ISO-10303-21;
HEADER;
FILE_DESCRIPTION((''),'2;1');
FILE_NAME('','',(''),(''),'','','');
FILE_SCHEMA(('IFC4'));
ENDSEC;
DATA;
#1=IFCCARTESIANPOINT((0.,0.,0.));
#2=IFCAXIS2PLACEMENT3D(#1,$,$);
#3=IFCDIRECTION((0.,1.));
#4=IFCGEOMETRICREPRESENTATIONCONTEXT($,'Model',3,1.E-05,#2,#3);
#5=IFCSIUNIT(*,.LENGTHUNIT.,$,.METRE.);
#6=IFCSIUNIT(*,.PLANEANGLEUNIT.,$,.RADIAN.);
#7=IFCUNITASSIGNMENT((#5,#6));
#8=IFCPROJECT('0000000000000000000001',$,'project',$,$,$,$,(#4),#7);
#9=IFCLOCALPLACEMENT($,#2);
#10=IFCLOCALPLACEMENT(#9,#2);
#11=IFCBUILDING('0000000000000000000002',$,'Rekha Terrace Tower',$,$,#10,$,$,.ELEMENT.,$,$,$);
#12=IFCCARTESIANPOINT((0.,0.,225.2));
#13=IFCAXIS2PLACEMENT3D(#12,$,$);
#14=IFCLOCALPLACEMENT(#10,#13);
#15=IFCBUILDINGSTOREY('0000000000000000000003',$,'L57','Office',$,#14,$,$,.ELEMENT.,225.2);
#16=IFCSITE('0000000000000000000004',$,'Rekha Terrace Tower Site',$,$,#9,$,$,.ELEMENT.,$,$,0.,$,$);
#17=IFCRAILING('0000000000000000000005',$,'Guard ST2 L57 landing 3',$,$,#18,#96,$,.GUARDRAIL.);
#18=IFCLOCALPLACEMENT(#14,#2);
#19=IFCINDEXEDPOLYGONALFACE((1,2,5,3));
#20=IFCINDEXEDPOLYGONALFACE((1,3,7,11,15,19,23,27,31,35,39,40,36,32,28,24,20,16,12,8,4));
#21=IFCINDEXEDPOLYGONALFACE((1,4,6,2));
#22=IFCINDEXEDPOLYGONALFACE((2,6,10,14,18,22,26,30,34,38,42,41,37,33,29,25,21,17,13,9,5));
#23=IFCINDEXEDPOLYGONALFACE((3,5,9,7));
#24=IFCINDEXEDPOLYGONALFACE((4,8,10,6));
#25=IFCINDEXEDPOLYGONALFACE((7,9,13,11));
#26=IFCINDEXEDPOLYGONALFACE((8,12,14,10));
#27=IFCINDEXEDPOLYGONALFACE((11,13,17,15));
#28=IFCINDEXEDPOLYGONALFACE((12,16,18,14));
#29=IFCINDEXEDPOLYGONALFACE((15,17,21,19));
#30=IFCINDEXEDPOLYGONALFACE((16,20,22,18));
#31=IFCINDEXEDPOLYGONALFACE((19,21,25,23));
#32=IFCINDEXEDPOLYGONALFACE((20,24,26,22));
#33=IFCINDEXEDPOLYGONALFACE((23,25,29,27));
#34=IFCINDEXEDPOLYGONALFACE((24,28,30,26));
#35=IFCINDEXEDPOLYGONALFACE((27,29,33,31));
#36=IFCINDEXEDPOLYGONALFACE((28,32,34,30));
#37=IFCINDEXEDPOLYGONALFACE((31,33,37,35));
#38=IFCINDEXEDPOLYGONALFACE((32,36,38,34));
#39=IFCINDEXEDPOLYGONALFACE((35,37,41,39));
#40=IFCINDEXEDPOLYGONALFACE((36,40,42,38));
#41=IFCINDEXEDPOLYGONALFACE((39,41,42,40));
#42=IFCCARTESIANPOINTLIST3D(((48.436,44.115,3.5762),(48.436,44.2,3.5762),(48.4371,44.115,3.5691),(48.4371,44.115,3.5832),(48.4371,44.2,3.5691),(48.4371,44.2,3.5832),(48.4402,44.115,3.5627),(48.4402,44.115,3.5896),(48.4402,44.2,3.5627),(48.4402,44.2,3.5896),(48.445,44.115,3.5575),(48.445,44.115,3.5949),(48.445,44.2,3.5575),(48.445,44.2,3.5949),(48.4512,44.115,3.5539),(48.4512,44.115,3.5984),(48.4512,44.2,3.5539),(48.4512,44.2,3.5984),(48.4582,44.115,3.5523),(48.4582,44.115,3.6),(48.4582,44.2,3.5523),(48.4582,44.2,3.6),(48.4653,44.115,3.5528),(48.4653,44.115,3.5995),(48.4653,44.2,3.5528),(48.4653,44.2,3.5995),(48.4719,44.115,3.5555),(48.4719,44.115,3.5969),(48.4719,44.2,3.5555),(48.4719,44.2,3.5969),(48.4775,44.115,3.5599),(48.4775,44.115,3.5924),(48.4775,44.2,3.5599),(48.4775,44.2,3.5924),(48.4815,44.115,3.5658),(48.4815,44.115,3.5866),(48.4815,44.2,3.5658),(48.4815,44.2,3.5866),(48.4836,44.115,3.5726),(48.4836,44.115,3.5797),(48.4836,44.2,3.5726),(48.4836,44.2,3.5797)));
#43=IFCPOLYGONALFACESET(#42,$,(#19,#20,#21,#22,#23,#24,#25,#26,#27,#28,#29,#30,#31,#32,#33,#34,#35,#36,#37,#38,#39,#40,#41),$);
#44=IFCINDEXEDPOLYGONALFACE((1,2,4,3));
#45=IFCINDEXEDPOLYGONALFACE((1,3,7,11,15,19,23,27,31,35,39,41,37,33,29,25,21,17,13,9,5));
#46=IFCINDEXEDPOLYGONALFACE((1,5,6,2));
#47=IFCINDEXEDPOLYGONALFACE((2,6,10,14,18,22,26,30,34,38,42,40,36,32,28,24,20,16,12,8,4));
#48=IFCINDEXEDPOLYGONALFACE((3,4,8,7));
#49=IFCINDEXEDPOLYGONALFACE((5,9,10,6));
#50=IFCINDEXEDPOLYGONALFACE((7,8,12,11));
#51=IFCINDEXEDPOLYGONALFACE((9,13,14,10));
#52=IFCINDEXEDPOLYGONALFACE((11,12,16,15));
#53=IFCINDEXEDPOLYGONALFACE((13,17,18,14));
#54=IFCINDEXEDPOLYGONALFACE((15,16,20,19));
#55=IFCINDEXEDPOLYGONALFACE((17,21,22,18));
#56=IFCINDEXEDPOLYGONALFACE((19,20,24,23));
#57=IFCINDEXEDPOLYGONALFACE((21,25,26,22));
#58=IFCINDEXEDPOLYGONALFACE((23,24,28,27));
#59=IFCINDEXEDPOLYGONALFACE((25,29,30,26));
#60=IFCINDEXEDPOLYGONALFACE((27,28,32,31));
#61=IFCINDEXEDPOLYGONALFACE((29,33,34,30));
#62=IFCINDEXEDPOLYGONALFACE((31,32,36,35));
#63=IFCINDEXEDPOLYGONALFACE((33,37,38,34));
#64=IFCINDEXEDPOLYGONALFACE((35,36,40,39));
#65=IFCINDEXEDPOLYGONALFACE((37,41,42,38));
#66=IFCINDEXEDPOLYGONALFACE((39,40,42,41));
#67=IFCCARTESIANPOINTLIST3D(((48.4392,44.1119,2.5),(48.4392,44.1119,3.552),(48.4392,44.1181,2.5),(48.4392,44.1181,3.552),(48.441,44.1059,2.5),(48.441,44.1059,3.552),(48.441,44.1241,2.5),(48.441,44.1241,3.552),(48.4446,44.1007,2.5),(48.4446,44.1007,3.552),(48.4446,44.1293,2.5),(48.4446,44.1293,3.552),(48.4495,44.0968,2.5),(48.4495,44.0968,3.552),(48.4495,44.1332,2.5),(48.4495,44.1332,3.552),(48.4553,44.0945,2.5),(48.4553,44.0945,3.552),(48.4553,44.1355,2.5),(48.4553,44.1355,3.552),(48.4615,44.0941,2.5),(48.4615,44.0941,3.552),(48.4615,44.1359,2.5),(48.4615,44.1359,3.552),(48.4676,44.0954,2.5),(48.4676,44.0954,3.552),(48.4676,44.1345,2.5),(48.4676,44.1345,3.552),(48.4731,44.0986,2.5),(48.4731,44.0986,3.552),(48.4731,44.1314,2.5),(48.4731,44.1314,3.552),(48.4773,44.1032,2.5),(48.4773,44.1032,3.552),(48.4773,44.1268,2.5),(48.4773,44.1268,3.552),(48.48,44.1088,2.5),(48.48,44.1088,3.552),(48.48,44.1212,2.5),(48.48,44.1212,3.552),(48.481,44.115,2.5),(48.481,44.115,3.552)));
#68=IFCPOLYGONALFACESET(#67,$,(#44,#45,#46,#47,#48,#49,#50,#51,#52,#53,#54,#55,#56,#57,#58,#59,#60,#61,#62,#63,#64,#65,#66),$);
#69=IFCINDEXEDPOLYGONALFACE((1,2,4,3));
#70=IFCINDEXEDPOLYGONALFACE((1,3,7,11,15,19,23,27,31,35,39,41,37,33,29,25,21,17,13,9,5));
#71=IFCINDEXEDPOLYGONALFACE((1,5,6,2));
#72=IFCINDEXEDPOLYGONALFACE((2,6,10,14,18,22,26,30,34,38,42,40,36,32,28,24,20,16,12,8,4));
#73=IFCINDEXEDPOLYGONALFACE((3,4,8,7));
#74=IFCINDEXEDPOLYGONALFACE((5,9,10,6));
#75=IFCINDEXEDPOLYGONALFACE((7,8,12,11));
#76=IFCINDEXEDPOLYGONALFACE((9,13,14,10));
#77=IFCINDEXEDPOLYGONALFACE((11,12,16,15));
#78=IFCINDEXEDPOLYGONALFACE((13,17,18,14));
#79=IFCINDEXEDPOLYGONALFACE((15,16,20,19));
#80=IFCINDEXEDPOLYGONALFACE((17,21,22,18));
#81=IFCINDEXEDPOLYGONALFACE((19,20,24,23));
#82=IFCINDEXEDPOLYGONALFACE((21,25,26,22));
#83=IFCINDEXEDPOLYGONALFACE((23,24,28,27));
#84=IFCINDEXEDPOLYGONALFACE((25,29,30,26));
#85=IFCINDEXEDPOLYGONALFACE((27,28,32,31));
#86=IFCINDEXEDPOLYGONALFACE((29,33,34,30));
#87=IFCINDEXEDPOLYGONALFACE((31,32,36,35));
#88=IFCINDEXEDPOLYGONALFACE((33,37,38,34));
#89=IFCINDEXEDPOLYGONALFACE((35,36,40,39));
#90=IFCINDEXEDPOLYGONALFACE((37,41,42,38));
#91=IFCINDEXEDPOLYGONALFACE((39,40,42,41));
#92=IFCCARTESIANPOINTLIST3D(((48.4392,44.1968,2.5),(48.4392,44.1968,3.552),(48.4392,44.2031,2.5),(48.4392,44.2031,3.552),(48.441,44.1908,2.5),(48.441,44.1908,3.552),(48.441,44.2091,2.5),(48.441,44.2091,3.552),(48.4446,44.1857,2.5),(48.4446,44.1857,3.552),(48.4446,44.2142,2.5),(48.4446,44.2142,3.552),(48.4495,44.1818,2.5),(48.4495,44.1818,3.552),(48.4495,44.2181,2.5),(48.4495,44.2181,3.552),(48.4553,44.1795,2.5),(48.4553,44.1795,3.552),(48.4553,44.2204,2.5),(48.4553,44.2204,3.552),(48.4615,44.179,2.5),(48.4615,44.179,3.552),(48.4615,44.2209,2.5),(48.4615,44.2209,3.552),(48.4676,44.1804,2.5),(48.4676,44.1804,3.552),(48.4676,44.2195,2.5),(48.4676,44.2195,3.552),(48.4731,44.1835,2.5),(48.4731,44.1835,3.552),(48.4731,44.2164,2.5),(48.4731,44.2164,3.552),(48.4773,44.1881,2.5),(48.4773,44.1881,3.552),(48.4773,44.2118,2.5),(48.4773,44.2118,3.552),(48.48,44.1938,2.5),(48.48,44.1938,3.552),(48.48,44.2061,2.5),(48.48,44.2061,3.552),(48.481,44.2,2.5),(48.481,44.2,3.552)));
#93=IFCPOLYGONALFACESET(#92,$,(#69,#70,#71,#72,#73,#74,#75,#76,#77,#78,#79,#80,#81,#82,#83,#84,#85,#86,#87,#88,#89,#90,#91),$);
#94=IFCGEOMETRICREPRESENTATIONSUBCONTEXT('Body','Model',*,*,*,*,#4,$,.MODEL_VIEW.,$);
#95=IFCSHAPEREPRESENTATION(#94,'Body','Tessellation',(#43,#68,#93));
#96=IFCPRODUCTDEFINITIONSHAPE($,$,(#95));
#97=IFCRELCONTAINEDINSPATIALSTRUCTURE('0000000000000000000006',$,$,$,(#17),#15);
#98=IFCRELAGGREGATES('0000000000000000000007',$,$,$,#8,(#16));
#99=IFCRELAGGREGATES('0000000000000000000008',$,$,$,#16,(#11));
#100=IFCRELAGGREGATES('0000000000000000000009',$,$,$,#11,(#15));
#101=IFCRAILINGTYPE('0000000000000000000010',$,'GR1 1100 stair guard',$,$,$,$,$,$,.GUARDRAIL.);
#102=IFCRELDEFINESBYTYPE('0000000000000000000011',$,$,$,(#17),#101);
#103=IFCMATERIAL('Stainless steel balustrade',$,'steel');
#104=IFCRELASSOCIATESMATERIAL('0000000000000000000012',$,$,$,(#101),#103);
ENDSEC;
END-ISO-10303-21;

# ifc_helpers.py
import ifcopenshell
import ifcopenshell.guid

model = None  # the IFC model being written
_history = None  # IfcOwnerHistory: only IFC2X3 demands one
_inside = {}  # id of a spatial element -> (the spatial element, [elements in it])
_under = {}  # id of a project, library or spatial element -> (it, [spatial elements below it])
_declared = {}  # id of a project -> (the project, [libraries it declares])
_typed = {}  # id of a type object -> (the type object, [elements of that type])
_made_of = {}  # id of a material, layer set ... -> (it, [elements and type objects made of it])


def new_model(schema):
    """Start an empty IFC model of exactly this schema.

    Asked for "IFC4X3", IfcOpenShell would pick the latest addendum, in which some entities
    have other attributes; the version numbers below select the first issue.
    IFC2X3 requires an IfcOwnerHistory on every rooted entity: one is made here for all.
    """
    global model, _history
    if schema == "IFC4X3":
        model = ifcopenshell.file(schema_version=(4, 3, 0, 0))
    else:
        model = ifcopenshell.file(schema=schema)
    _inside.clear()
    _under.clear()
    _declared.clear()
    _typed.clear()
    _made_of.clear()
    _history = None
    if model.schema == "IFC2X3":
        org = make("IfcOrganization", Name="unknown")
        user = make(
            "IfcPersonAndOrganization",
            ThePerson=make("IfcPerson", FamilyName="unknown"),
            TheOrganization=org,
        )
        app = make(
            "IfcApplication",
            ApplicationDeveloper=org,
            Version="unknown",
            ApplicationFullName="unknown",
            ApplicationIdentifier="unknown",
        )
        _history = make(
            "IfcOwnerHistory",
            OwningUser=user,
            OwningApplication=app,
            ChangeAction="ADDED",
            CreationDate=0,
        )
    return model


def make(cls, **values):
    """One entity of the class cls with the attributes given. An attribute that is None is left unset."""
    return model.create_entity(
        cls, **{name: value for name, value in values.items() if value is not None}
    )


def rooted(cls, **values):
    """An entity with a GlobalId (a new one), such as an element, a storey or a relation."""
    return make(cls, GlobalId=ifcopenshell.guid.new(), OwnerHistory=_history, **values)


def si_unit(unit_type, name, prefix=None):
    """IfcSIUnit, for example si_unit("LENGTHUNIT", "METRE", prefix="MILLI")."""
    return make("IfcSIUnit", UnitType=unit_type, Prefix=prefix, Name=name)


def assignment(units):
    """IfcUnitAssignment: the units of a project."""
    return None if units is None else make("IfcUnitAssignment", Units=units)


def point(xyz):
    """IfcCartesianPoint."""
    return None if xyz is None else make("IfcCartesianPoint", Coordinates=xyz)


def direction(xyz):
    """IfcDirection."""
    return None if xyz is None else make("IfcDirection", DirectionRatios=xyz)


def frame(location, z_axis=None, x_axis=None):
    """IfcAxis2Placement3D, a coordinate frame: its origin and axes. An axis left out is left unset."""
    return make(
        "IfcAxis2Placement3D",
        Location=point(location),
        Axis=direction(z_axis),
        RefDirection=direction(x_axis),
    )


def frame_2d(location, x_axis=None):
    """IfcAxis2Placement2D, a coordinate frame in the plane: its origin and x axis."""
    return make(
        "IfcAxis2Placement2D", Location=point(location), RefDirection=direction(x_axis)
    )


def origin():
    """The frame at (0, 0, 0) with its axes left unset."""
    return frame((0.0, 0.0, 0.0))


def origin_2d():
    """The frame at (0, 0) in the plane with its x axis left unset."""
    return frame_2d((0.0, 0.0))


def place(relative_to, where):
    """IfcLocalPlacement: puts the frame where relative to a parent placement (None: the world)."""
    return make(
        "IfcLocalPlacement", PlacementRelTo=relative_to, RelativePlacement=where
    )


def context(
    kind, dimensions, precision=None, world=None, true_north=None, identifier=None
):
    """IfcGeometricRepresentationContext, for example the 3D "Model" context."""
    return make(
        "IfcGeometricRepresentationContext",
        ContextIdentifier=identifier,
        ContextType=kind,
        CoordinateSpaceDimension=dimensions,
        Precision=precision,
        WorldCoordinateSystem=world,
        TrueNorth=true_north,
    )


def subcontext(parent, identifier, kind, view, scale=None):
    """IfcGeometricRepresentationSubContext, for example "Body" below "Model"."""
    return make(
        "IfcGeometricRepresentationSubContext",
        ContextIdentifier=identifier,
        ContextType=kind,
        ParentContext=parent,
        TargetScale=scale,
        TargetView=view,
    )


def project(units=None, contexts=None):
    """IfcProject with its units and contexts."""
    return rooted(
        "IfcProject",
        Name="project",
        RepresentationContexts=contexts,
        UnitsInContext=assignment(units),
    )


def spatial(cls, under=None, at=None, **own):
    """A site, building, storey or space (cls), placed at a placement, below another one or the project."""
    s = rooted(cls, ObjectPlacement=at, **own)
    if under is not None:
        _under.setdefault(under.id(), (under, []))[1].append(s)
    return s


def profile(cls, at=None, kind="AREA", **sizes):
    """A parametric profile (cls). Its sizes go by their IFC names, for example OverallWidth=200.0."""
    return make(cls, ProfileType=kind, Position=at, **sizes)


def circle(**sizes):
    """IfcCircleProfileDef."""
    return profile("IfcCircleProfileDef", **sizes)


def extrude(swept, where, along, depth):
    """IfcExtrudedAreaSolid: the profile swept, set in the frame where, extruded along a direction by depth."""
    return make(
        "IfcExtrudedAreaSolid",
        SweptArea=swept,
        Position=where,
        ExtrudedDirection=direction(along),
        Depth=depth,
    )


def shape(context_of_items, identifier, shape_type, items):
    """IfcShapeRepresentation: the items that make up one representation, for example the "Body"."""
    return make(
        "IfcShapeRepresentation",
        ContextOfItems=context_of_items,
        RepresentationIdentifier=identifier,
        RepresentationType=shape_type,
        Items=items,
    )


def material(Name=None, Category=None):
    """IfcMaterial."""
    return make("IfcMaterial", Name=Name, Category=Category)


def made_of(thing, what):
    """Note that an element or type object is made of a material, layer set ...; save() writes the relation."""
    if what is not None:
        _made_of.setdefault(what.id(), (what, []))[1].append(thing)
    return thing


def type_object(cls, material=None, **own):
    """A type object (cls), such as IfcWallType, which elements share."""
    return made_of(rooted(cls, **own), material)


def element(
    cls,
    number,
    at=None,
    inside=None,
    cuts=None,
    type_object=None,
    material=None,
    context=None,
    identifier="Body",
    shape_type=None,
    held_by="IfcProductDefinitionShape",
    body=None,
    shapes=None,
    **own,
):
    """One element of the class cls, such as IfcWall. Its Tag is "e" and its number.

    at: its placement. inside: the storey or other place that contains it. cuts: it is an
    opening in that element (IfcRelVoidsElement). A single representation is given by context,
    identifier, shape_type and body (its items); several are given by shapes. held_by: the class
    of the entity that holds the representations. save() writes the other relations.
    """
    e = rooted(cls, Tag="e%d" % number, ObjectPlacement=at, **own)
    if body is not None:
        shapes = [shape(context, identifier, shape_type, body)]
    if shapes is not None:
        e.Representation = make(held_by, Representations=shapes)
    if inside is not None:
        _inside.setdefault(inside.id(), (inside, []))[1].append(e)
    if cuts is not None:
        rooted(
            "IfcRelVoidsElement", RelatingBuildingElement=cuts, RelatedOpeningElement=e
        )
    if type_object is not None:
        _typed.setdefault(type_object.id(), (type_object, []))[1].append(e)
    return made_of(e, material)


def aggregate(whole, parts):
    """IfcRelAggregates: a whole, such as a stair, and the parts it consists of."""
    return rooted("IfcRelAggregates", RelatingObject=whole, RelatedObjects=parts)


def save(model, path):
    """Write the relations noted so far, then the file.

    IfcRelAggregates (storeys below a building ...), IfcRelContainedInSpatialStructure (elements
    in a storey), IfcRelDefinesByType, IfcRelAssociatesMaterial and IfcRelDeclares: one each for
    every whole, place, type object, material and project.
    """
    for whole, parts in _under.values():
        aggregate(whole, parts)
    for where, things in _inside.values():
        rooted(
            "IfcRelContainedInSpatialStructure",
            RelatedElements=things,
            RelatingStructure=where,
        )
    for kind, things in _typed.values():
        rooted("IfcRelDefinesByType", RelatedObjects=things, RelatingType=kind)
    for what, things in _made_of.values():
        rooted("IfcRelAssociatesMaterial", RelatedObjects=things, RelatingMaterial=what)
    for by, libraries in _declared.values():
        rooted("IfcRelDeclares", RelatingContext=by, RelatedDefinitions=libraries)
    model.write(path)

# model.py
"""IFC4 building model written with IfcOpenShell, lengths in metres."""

from ifc_helpers import new_model, si_unit, direction, frame, origin, origin_2d, place, context, subcontext, project, spatial, circle, extrude, material, type_object, element, save


model = new_model("IFC4")

# Units and contexts
model_context = context("Model", 3, precision=1e-05, world=origin(), true_north=direction((0.0, 1.0)))
body_context = subcontext(model_context, "Body", "Model", "MODEL_VIEW")
ifc_project = project(units=[si_unit("LENGTHUNIT", "METRE"), si_unit("PLANEANGLEUNIT", "RADIAN")], contexts=[model_context])

# Site, building, storey
site_placement = place(None, origin())
site = spatial("IfcSite", under=ifc_project, at=site_placement, Name="Rekha Terrace Tower Site", CompositionType="ELEMENT", RefElevation=0.0)
building_placement = place(site_placement, origin())
building = spatial("IfcBuilding", under=site, at=building_placement, Name="Rekha Terrace Tower", CompositionType="ELEMENT")
storey_placement = place(building_placement, frame((0.0, 0.0, 225.2)))
storey = spatial("IfcBuildingStorey", under=building, at=storey_placement, Name="L57", Description="Office", CompositionType="ELEMENT", Elevation=225.2)

# Railing
ifc_material_1 = material(Name="Stainless steel balustrade", Category="steel")
railing_type_1 = type_object("IfcRailingType", Name="GR1 1100 stair guard", PredefinedType="GUARDRAIL", material=ifc_material_1)
railing_1_placement = place(storey_placement, frame((48.46, 44.115, 2.5)))
element("IfcRailing", 1, at=railing_1_placement, inside=storey, type_object=railing_type_1, Name="Guard ST2 L57 landing 3", PredefinedType="GUARDRAIL", context=body_context, shape_type="SweptSolid", body=[
    extrude(circle(Radius=0.0239, at=origin_2d()), frame((0.0, 0.0, 1.0762), z_axis=(0.0, 1.0, 0.0), x_axis=(-1.0, 0.0, 0.0)), (0.0, 0.0, 1.0), 0.085),
    extrude(circle(Radius=0.021, at=origin_2d()), origin(), (0.0, 0.0, 1.0), 1.052),
    extrude(circle(Radius=0.021, at=origin_2d()), frame((0.0, 0.085, 0.0)), (0.0, 0.0, 1.0), 1.052),
])

save(model, "model.ifc")
